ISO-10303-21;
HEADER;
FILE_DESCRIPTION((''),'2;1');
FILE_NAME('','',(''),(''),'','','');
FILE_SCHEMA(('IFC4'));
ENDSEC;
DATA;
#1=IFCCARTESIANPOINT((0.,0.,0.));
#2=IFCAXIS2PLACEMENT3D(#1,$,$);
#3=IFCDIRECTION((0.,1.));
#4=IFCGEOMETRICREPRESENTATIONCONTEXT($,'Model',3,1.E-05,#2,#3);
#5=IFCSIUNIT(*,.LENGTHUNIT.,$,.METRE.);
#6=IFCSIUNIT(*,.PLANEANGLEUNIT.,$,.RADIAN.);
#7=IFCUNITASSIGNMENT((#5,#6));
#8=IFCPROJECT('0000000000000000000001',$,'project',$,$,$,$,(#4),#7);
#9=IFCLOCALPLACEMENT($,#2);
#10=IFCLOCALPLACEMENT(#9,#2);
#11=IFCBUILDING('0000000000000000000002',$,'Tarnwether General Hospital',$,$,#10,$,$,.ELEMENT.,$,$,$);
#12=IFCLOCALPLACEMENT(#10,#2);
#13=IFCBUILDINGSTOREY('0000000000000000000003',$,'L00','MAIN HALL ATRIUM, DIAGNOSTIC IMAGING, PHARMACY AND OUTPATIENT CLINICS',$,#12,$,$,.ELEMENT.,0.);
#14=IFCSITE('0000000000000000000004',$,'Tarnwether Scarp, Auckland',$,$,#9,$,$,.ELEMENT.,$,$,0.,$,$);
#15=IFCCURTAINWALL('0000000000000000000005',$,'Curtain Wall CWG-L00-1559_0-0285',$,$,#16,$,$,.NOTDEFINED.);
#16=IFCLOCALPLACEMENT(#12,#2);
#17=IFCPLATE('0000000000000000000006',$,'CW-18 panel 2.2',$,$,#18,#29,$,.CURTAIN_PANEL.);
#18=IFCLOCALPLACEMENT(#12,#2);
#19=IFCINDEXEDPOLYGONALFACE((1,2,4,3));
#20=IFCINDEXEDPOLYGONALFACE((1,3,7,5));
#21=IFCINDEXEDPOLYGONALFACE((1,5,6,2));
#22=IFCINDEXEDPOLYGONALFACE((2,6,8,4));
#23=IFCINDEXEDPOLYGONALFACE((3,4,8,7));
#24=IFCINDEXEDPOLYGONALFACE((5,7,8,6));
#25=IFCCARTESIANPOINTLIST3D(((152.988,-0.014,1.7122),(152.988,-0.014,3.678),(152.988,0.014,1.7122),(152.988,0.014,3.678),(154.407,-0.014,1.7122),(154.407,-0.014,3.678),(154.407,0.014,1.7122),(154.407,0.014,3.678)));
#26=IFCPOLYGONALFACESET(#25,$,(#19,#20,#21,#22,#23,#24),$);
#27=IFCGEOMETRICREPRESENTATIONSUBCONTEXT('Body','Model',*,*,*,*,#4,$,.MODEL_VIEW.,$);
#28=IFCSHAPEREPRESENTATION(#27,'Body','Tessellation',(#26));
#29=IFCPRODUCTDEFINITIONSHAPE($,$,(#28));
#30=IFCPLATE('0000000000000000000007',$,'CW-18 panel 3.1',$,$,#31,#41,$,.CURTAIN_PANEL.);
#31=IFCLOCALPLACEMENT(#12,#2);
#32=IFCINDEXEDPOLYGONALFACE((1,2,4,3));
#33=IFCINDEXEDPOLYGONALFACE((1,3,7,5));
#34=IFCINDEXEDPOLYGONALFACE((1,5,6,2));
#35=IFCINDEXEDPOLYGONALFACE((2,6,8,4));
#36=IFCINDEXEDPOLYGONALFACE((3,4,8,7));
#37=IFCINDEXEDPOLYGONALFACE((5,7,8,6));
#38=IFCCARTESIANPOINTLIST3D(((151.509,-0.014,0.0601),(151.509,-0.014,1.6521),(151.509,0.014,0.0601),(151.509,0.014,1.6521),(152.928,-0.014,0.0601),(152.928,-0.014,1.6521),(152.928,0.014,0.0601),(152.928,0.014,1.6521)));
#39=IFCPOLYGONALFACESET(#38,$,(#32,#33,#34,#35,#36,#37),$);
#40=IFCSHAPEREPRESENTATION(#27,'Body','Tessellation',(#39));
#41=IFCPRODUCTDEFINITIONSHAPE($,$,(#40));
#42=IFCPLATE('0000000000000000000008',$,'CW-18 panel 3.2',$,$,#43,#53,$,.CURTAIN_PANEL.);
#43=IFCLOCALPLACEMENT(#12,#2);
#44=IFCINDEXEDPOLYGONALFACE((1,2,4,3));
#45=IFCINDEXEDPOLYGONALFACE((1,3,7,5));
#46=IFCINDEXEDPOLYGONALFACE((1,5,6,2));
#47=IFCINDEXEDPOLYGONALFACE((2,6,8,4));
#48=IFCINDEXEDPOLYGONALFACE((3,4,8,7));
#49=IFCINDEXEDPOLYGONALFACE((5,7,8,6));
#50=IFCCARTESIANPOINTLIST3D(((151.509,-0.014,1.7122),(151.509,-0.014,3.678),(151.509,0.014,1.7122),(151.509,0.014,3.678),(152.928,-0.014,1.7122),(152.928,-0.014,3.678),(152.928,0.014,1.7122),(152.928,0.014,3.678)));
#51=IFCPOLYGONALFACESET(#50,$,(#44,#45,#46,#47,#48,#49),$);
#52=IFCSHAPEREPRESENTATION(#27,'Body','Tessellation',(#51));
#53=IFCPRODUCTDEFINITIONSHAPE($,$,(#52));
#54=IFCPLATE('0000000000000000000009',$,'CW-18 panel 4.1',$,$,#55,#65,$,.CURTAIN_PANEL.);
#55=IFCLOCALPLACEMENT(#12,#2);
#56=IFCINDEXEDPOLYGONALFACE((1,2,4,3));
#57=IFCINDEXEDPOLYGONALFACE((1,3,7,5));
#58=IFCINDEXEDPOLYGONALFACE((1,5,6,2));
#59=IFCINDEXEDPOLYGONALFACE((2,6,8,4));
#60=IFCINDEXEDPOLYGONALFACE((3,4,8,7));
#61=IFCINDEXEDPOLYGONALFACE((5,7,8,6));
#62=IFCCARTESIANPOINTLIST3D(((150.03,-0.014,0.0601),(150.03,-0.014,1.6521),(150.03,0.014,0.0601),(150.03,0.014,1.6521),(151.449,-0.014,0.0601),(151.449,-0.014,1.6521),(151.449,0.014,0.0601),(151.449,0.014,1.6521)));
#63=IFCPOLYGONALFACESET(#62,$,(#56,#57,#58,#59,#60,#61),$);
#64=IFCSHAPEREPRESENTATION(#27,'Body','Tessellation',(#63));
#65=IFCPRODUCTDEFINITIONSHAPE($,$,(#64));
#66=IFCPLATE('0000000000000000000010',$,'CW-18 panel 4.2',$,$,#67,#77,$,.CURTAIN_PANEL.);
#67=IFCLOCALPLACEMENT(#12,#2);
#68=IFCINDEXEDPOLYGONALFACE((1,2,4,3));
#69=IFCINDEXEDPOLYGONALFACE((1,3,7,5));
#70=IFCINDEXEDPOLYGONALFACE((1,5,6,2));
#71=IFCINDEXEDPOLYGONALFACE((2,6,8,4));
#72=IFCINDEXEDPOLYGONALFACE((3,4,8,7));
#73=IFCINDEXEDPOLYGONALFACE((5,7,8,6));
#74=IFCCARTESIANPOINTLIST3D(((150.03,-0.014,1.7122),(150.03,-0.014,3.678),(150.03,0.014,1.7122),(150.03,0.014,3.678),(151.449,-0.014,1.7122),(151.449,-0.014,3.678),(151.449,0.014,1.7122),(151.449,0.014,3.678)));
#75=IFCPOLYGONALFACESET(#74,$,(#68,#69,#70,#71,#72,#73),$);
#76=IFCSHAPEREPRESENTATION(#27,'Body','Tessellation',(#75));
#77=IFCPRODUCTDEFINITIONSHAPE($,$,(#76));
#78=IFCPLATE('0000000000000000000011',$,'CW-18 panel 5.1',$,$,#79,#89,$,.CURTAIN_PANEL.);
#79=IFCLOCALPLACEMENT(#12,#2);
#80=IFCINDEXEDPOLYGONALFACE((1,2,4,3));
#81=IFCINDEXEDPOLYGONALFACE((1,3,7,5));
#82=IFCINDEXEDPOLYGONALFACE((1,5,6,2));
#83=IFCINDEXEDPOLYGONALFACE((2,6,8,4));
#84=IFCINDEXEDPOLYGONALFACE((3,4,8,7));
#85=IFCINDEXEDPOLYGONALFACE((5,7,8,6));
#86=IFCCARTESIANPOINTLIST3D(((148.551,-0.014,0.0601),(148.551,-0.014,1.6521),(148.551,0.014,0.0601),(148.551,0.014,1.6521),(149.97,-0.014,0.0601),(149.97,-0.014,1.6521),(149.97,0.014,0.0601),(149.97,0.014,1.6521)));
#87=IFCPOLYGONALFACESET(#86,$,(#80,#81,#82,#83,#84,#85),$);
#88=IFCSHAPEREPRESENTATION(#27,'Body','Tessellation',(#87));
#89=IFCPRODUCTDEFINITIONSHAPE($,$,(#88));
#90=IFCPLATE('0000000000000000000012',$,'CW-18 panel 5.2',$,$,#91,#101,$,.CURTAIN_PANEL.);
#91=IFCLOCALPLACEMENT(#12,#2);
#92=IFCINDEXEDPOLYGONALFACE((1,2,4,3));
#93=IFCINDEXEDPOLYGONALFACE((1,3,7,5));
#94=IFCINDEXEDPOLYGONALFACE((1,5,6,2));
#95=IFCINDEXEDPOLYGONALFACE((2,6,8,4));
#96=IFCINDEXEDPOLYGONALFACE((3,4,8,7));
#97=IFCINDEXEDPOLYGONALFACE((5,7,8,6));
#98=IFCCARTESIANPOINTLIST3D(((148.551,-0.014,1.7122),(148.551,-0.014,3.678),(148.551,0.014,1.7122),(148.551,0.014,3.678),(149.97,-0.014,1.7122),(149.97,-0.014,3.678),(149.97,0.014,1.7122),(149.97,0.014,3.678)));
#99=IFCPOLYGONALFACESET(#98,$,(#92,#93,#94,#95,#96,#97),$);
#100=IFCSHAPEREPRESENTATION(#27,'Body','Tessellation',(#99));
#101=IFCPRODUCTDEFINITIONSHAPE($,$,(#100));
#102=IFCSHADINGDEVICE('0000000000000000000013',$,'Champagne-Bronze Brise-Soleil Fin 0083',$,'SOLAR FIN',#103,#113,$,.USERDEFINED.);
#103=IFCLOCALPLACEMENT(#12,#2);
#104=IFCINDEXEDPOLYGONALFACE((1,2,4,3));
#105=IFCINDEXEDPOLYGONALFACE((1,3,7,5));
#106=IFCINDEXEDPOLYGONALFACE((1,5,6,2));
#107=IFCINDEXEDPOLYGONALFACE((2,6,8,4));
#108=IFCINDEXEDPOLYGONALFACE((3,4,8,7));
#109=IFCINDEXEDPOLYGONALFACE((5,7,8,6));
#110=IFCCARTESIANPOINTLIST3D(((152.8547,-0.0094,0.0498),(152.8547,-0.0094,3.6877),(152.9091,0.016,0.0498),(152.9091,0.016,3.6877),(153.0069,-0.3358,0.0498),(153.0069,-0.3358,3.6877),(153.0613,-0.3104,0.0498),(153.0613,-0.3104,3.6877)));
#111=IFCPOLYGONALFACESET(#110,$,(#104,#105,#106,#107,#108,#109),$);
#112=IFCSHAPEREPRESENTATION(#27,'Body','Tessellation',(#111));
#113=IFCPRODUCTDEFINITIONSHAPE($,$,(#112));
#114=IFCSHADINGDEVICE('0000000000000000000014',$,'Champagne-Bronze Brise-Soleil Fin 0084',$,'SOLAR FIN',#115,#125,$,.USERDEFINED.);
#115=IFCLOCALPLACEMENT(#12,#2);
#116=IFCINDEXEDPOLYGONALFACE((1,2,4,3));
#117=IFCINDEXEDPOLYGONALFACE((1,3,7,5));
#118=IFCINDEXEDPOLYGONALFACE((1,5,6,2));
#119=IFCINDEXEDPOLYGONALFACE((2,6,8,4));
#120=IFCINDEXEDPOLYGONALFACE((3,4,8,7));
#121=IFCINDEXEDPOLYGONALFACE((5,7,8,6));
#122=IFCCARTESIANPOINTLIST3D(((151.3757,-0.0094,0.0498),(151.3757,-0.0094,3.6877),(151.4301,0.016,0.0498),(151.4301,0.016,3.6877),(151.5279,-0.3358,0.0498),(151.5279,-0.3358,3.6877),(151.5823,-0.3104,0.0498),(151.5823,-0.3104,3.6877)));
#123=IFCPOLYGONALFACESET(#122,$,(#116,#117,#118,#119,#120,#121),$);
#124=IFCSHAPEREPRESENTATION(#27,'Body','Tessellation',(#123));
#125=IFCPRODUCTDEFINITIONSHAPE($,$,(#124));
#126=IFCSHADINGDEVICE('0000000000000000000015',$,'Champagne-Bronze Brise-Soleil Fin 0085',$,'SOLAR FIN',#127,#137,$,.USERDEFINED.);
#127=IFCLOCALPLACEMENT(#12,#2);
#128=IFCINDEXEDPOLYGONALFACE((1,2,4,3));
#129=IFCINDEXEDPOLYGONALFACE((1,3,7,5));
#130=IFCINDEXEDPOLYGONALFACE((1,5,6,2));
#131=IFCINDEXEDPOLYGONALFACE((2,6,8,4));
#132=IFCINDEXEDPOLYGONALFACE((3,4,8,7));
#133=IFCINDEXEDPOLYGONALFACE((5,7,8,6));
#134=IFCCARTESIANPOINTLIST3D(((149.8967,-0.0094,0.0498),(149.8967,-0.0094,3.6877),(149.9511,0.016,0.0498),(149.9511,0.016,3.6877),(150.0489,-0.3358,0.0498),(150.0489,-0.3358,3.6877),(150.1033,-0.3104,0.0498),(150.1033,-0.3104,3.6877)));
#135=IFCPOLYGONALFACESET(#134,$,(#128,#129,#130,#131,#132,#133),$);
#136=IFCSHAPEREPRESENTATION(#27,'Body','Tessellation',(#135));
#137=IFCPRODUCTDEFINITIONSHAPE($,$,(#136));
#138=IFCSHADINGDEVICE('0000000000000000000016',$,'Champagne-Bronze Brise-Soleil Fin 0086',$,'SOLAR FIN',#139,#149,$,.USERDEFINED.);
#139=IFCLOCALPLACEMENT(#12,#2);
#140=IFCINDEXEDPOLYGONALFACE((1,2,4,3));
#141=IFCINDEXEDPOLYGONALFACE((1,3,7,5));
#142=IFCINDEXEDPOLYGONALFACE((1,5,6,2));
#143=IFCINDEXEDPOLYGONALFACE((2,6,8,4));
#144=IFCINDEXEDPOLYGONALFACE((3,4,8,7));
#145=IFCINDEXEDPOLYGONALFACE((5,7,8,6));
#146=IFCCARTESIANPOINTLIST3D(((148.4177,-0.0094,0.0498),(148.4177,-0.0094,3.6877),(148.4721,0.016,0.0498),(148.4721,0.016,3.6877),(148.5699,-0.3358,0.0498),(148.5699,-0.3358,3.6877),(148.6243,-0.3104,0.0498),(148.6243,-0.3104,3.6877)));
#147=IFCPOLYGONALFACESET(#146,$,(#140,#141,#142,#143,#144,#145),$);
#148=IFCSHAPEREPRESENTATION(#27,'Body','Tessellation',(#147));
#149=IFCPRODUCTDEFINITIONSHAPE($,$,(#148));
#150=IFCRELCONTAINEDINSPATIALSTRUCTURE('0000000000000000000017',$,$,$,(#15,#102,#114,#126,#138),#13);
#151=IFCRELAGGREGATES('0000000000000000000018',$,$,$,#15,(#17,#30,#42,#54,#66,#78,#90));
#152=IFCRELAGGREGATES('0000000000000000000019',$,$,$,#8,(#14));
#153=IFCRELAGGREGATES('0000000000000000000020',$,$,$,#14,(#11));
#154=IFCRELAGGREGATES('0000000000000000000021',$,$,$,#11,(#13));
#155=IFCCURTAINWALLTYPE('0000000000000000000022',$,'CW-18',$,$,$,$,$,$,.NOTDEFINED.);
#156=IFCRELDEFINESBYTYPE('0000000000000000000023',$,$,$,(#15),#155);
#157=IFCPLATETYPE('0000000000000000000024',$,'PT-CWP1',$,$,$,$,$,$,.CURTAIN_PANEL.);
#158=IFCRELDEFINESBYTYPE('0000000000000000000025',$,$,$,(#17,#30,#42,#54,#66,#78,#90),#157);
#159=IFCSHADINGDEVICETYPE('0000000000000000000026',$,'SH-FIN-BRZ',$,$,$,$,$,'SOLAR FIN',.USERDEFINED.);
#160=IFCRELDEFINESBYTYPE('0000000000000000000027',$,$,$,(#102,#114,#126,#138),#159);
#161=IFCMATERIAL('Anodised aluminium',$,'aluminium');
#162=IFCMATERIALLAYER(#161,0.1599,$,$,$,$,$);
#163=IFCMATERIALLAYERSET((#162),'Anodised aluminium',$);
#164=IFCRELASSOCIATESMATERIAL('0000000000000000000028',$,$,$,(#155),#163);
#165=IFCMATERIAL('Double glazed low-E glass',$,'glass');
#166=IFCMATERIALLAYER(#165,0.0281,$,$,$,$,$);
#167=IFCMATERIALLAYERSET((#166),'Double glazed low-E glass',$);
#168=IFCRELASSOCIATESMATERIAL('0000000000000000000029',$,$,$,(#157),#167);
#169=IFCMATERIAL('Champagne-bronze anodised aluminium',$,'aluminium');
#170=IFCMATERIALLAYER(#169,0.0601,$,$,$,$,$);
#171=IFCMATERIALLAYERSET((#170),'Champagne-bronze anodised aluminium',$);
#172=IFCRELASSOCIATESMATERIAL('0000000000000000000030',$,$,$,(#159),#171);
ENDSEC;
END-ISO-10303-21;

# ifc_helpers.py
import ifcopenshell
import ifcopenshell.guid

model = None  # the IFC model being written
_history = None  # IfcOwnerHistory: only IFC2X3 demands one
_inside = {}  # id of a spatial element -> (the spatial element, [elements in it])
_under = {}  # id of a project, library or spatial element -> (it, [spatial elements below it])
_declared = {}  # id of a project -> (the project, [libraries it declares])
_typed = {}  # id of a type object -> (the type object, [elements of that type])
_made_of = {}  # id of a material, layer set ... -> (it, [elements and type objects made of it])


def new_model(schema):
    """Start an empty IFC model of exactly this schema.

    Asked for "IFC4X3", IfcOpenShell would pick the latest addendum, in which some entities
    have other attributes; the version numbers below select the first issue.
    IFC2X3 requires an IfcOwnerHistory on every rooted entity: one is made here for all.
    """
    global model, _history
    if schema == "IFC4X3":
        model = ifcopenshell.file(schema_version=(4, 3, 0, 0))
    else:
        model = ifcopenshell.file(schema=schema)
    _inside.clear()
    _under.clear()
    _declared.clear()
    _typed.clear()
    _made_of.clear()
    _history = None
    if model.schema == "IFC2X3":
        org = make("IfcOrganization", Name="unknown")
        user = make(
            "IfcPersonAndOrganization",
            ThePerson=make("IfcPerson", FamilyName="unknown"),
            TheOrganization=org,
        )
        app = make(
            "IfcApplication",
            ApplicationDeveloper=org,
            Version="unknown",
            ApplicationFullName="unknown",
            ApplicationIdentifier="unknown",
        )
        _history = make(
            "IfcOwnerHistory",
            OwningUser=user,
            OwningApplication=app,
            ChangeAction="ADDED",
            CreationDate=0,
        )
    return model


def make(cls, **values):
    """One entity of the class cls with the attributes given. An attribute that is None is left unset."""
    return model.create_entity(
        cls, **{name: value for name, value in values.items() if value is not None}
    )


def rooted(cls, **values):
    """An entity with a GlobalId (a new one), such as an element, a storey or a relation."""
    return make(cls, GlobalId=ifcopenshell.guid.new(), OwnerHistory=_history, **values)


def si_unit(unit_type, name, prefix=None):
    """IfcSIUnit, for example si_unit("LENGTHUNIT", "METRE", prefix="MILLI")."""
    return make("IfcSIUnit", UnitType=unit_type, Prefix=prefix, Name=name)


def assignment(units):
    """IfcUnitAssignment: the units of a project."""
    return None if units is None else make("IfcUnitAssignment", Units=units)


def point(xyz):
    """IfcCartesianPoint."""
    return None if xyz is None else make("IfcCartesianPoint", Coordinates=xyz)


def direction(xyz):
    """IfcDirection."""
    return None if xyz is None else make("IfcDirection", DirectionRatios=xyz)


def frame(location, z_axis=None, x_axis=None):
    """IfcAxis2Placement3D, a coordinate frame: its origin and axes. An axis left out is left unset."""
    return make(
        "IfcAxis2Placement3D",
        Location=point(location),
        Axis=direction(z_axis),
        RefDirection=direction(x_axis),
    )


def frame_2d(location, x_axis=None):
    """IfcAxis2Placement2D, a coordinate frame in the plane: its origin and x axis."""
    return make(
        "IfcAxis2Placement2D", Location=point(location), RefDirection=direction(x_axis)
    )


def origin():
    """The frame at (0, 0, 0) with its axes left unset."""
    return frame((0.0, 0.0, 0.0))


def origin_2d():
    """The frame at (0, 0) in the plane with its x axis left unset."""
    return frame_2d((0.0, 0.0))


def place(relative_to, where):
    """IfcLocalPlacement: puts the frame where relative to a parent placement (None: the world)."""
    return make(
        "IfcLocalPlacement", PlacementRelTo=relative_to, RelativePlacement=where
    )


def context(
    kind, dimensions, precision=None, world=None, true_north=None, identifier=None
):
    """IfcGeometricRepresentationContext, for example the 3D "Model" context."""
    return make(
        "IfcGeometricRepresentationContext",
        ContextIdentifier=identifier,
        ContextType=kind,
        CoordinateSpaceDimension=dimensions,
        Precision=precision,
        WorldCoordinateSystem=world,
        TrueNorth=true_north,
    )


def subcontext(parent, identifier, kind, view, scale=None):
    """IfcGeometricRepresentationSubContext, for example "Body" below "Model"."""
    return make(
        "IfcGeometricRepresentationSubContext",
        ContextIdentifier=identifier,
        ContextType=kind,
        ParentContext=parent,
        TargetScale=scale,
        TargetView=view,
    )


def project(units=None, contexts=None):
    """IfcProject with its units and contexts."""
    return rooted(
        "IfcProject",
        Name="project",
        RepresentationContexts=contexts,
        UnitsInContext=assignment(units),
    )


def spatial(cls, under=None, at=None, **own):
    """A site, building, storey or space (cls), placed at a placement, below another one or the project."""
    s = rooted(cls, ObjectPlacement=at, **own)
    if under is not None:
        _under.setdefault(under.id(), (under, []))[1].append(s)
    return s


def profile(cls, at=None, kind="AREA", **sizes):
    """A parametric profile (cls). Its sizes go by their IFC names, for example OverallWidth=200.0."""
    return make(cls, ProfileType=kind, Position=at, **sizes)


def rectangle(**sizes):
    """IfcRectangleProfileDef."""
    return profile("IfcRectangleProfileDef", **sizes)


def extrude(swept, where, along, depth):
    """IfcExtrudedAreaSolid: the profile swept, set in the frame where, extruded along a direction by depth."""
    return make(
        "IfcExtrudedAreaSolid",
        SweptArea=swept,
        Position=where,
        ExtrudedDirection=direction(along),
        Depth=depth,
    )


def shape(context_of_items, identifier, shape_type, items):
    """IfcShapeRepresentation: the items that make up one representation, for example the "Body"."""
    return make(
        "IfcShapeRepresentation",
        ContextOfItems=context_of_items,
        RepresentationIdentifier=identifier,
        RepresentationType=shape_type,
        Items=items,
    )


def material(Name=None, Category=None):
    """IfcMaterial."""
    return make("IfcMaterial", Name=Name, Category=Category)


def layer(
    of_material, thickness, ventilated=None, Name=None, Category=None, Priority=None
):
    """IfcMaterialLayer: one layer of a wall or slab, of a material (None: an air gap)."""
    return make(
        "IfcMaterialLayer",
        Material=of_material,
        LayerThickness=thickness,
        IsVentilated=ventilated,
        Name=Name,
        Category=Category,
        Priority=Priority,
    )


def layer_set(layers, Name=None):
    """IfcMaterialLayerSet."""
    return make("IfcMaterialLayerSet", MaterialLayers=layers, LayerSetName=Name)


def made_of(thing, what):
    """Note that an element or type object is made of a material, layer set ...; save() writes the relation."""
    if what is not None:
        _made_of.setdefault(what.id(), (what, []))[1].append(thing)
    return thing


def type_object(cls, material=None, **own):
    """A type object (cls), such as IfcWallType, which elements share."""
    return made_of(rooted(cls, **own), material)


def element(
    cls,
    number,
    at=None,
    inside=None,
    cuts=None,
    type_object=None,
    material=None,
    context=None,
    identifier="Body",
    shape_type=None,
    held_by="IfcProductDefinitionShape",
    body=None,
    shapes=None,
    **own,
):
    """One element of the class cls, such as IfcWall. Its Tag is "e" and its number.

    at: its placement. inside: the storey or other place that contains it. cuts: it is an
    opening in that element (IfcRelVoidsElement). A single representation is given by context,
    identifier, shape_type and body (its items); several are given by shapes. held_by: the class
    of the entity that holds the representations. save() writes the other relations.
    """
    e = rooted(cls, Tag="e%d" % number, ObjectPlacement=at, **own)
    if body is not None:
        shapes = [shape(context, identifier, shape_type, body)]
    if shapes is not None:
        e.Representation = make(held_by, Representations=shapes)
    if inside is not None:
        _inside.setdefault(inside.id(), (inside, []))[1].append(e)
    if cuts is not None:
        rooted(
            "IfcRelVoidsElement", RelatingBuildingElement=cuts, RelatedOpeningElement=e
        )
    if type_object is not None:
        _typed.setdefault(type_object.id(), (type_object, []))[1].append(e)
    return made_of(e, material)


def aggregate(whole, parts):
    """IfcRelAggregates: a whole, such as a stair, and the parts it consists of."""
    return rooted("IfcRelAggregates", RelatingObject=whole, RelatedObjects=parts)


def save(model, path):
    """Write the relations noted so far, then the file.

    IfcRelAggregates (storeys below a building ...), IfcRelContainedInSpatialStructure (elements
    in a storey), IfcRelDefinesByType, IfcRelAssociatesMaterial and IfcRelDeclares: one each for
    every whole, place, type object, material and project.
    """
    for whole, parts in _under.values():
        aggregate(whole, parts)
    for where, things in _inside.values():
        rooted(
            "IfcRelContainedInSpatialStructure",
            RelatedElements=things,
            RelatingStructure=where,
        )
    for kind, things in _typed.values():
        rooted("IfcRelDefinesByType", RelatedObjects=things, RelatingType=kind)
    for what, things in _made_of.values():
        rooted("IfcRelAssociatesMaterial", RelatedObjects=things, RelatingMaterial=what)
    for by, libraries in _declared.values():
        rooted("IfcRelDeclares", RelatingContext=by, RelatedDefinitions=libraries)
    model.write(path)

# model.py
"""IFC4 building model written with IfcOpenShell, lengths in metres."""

from ifc_helpers import new_model, si_unit, direction, frame, origin, origin_2d, place, context, subcontext, project, spatial, rectangle, extrude, material, layer, layer_set, type_object, element, aggregate, save


model = new_model("IFC4")

# Units and contexts
model_context = context("Model", 3, precision=1e-05, world=origin(), true_north=direction((0.0, 1.0)))
body_context = subcontext(model_context, "Body", "Model", "MODEL_VIEW")
ifc_project = project(units=[si_unit("LENGTHUNIT", "METRE"), si_unit("PLANEANGLEUNIT", "RADIAN")], contexts=[model_context])

# Site, building, storey
site_placement = place(None, origin())
site = spatial("IfcSite", under=ifc_project, at=site_placement, Name="Tarnwether Scarp, Auckland", CompositionType="ELEMENT", RefElevation=0.0)
building_placement = place(site_placement, origin())
building = spatial("IfcBuilding", under=site, at=building_placement, Name="Tarnwether General Hospital", CompositionType="ELEMENT")
storey_placement = place(building_placement, origin())
storey = spatial("IfcBuildingStorey", under=building, at=storey_placement, Name="L00", Description="MAIN HALL ATRIUM, DIAGNOSTIC IMAGING, PHARMACY AND OUTPATIENT CLINICS", CompositionType="ELEMENT", Elevation=0.0)

# Curtain wall, plates
ifc_material_1 = material(Name="Anodised aluminium", Category="aluminium")
ifc_layer_1 = layer(ifc_material_1, 0.1599)
ifc_layer_set_1 = layer_set([ifc_layer_1], Name="Anodised aluminium")
curtain_wall_type = type_object("IfcCurtainWallType", Name="CW-18", PredefinedType="NOTDEFINED", material=ifc_layer_set_1)
curtain_wall_placement = place(storey_placement, origin())
curtain_wall = element("IfcCurtainWall", 1, at=curtain_wall_placement, inside=storey, type_object=curtain_wall_type, Name="Curtain Wall CWG-L00-1559_0-0285", PredefinedType="NOTDEFINED")
ifc_material_2 = material(Name="Double glazed low-E glass", Category="glass")
ifc_layer_2 = layer(ifc_material_2, 0.0281)
ifc_layer_set_2 = layer_set([ifc_layer_2], Name="Double glazed low-E glass")
plate_type = type_object("IfcPlateType", Name="PT-CWP1", PredefinedType="CURTAIN_PANEL", material=ifc_layer_set_2)
plate_1_placement = place(storey_placement, frame((153.6975, 0.0, 1.7122), z_axis=(0.0, 0.0, 1.0), x_axis=(-1.0, 0.0, 0.0)))
plate_1 = element("IfcPlate", 2, at=plate_1_placement, type_object=plate_type, Name="CW-18 panel 2.2", PredefinedType="CURTAIN_PANEL", context=body_context, shape_type="SweptSolid", body=[
    extrude(rectangle(XDim=1.4189, YDim=0.0281, at=origin_2d()), origin(), (0.0, 0.0, 1.0), 1.9658),
])
plate_2_placement = place(storey_placement, frame((152.2185, 0.0, 0.0601), z_axis=(0.0, 0.0, 1.0), x_axis=(-1.0, 0.0, 0.0)))
plate_2 = element("IfcPlate", 3, at=plate_2_placement, type_object=plate_type, Name="CW-18 panel 3.1", PredefinedType="CURTAIN_PANEL", context=body_context, shape_type="SweptSolid", body=[
    extrude(rectangle(XDim=1.4189, YDim=0.0281, at=origin_2d()), origin(), (0.0, 0.0, 1.0), 1.592),
])
plate_3_placement = place(storey_placement, frame((152.2185, 0.0, 1.7122), z_axis=(0.0, 0.0, 1.0), x_axis=(-1.0, 0.0, 0.0)))
plate_3 = element("IfcPlate", 4, at=plate_3_placement, type_object=plate_type, Name="CW-18 panel 3.2", PredefinedType="CURTAIN_PANEL", context=body_context, shape_type="SweptSolid", body=[
    extrude(rectangle(XDim=1.4189, YDim=0.0281, at=origin_2d()), origin(), (0.0, 0.0, 1.0), 1.9658),
])
plate_4_placement = place(storey_placement, frame((150.7395, 0.0, 0.0601), z_axis=(0.0, 0.0, 1.0), x_axis=(-1.0, 0.0, 0.0)))
plate_4 = element("IfcPlate", 5, at=plate_4_placement, type_object=plate_type, Name="CW-18 panel 4.1", PredefinedType="CURTAIN_PANEL", context=body_context, shape_type="SweptSolid", body=[
    extrude(rectangle(XDim=1.4189, YDim=0.0281, at=origin_2d()), origin(), (0.0, 0.0, 1.0), 1.592),
])
plate_5_placement = place(storey_placement, frame((150.7395, 0.0, 1.7122), z_axis=(0.0, 0.0, 1.0), x_axis=(-1.0, 0.0, 0.0)))
plate_5 = element("IfcPlate", 6, at=plate_5_placement, type_object=plate_type, Name="CW-18 panel 4.2", PredefinedType="CURTAIN_PANEL", context=body_context, shape_type="SweptSolid", body=[
    extrude(rectangle(XDim=1.4189, YDim=0.0281, at=origin_2d()), origin(), (0.0, 0.0, 1.0), 1.9658),
])
plate_6_placement = place(storey_placement, frame((149.2605, 0.0, 0.0601), z_axis=(0.0, 0.0, 1.0), x_axis=(-1.0, 0.0, 0.0)))
plate_6 = element("IfcPlate", 7, at=plate_6_placement, type_object=plate_type, Name="CW-18 panel 5.1", PredefinedType="CURTAIN_PANEL", context=body_context, shape_type="SweptSolid", body=[
    extrude(rectangle(XDim=1.4189, YDim=0.0281, at=origin_2d()), origin(), (0.0, 0.0, 1.0), 1.592),
])
plate_7_placement = place(storey_placement, frame((149.2605, 0.0, 1.7122), z_axis=(0.0, 0.0, 1.0), x_axis=(-1.0, 0.0, 0.0)))
plate_7 = element("IfcPlate", 8, at=plate_7_placement, type_object=plate_type, Name="CW-18 panel 5.2", PredefinedType="CURTAIN_PANEL", context=body_context, shape_type="SweptSolid", body=[
    extrude(rectangle(XDim=1.4189, YDim=0.0281, at=origin_2d()), origin(), (0.0, 0.0, 1.0), 1.9658),
])
aggregate(curtain_wall, [plate_1, plate_2, plate_3, plate_4, plate_5, plate_6, plate_7])

# Shading devices
ifc_material_3 = material(Name="Champagne-bronze anodised aluminium", Category="aluminium")
ifc_layer_3 = layer(ifc_material_3, 0.0601)
ifc_layer_set_3 = layer_set([ifc_layer_3], Name="Champagne-bronze anodised aluminium")
shading_device_type = type_object("IfcShadingDeviceType", Name="SH-FIN-BRZ", ElementType="SOLAR FIN", PredefinedType="USERDEFINED", material=ifc_layer_set_3)
for number, where, z_axis, x_axis, name in (
    (9, (152.958, -0.1599, 0.0498), (0.0, 0.0, 1.0), (-0.906308, -0.422618, 0.0), "Champagne-Bronze Brise-Soleil Fin 0083"),
    (10, (151.479, -0.1599, 0.0498), (0.0, 0.0, 1.0), (-0.906308, -0.422618, 0.0), "Champagne-Bronze Brise-Soleil Fin 0084"),
    (11, (150.0, -0.1599, 0.0498), (0.0, 0.0, 1.0), (-0.906308, -0.422618, 0.0), "Champagne-Bronze Brise-Soleil Fin 0085"),
    (12, (148.521, -0.1599, 0.0498), (0.0, 0.0, 1.0), (-0.906308, -0.422618, 0.0), "Champagne-Bronze Brise-Soleil Fin 0086"),
):
    element("IfcShadingDevice", number, at=place(storey_placement, frame(where, z_axis=z_axis, x_axis=x_axis)), inside=storey, type_object=shading_device_type, Name=name, ObjectType="SOLAR FIN", PredefinedType="USERDEFINED", context=body_context, shape_type="SweptSolid", body=[
        extrude(rectangle(XDim=0.0601, YDim=0.3601, at=origin_2d()), origin(), (0.0, 0.0, 1.0), 3.6379),
    ])

save(model, "model.ifc")
